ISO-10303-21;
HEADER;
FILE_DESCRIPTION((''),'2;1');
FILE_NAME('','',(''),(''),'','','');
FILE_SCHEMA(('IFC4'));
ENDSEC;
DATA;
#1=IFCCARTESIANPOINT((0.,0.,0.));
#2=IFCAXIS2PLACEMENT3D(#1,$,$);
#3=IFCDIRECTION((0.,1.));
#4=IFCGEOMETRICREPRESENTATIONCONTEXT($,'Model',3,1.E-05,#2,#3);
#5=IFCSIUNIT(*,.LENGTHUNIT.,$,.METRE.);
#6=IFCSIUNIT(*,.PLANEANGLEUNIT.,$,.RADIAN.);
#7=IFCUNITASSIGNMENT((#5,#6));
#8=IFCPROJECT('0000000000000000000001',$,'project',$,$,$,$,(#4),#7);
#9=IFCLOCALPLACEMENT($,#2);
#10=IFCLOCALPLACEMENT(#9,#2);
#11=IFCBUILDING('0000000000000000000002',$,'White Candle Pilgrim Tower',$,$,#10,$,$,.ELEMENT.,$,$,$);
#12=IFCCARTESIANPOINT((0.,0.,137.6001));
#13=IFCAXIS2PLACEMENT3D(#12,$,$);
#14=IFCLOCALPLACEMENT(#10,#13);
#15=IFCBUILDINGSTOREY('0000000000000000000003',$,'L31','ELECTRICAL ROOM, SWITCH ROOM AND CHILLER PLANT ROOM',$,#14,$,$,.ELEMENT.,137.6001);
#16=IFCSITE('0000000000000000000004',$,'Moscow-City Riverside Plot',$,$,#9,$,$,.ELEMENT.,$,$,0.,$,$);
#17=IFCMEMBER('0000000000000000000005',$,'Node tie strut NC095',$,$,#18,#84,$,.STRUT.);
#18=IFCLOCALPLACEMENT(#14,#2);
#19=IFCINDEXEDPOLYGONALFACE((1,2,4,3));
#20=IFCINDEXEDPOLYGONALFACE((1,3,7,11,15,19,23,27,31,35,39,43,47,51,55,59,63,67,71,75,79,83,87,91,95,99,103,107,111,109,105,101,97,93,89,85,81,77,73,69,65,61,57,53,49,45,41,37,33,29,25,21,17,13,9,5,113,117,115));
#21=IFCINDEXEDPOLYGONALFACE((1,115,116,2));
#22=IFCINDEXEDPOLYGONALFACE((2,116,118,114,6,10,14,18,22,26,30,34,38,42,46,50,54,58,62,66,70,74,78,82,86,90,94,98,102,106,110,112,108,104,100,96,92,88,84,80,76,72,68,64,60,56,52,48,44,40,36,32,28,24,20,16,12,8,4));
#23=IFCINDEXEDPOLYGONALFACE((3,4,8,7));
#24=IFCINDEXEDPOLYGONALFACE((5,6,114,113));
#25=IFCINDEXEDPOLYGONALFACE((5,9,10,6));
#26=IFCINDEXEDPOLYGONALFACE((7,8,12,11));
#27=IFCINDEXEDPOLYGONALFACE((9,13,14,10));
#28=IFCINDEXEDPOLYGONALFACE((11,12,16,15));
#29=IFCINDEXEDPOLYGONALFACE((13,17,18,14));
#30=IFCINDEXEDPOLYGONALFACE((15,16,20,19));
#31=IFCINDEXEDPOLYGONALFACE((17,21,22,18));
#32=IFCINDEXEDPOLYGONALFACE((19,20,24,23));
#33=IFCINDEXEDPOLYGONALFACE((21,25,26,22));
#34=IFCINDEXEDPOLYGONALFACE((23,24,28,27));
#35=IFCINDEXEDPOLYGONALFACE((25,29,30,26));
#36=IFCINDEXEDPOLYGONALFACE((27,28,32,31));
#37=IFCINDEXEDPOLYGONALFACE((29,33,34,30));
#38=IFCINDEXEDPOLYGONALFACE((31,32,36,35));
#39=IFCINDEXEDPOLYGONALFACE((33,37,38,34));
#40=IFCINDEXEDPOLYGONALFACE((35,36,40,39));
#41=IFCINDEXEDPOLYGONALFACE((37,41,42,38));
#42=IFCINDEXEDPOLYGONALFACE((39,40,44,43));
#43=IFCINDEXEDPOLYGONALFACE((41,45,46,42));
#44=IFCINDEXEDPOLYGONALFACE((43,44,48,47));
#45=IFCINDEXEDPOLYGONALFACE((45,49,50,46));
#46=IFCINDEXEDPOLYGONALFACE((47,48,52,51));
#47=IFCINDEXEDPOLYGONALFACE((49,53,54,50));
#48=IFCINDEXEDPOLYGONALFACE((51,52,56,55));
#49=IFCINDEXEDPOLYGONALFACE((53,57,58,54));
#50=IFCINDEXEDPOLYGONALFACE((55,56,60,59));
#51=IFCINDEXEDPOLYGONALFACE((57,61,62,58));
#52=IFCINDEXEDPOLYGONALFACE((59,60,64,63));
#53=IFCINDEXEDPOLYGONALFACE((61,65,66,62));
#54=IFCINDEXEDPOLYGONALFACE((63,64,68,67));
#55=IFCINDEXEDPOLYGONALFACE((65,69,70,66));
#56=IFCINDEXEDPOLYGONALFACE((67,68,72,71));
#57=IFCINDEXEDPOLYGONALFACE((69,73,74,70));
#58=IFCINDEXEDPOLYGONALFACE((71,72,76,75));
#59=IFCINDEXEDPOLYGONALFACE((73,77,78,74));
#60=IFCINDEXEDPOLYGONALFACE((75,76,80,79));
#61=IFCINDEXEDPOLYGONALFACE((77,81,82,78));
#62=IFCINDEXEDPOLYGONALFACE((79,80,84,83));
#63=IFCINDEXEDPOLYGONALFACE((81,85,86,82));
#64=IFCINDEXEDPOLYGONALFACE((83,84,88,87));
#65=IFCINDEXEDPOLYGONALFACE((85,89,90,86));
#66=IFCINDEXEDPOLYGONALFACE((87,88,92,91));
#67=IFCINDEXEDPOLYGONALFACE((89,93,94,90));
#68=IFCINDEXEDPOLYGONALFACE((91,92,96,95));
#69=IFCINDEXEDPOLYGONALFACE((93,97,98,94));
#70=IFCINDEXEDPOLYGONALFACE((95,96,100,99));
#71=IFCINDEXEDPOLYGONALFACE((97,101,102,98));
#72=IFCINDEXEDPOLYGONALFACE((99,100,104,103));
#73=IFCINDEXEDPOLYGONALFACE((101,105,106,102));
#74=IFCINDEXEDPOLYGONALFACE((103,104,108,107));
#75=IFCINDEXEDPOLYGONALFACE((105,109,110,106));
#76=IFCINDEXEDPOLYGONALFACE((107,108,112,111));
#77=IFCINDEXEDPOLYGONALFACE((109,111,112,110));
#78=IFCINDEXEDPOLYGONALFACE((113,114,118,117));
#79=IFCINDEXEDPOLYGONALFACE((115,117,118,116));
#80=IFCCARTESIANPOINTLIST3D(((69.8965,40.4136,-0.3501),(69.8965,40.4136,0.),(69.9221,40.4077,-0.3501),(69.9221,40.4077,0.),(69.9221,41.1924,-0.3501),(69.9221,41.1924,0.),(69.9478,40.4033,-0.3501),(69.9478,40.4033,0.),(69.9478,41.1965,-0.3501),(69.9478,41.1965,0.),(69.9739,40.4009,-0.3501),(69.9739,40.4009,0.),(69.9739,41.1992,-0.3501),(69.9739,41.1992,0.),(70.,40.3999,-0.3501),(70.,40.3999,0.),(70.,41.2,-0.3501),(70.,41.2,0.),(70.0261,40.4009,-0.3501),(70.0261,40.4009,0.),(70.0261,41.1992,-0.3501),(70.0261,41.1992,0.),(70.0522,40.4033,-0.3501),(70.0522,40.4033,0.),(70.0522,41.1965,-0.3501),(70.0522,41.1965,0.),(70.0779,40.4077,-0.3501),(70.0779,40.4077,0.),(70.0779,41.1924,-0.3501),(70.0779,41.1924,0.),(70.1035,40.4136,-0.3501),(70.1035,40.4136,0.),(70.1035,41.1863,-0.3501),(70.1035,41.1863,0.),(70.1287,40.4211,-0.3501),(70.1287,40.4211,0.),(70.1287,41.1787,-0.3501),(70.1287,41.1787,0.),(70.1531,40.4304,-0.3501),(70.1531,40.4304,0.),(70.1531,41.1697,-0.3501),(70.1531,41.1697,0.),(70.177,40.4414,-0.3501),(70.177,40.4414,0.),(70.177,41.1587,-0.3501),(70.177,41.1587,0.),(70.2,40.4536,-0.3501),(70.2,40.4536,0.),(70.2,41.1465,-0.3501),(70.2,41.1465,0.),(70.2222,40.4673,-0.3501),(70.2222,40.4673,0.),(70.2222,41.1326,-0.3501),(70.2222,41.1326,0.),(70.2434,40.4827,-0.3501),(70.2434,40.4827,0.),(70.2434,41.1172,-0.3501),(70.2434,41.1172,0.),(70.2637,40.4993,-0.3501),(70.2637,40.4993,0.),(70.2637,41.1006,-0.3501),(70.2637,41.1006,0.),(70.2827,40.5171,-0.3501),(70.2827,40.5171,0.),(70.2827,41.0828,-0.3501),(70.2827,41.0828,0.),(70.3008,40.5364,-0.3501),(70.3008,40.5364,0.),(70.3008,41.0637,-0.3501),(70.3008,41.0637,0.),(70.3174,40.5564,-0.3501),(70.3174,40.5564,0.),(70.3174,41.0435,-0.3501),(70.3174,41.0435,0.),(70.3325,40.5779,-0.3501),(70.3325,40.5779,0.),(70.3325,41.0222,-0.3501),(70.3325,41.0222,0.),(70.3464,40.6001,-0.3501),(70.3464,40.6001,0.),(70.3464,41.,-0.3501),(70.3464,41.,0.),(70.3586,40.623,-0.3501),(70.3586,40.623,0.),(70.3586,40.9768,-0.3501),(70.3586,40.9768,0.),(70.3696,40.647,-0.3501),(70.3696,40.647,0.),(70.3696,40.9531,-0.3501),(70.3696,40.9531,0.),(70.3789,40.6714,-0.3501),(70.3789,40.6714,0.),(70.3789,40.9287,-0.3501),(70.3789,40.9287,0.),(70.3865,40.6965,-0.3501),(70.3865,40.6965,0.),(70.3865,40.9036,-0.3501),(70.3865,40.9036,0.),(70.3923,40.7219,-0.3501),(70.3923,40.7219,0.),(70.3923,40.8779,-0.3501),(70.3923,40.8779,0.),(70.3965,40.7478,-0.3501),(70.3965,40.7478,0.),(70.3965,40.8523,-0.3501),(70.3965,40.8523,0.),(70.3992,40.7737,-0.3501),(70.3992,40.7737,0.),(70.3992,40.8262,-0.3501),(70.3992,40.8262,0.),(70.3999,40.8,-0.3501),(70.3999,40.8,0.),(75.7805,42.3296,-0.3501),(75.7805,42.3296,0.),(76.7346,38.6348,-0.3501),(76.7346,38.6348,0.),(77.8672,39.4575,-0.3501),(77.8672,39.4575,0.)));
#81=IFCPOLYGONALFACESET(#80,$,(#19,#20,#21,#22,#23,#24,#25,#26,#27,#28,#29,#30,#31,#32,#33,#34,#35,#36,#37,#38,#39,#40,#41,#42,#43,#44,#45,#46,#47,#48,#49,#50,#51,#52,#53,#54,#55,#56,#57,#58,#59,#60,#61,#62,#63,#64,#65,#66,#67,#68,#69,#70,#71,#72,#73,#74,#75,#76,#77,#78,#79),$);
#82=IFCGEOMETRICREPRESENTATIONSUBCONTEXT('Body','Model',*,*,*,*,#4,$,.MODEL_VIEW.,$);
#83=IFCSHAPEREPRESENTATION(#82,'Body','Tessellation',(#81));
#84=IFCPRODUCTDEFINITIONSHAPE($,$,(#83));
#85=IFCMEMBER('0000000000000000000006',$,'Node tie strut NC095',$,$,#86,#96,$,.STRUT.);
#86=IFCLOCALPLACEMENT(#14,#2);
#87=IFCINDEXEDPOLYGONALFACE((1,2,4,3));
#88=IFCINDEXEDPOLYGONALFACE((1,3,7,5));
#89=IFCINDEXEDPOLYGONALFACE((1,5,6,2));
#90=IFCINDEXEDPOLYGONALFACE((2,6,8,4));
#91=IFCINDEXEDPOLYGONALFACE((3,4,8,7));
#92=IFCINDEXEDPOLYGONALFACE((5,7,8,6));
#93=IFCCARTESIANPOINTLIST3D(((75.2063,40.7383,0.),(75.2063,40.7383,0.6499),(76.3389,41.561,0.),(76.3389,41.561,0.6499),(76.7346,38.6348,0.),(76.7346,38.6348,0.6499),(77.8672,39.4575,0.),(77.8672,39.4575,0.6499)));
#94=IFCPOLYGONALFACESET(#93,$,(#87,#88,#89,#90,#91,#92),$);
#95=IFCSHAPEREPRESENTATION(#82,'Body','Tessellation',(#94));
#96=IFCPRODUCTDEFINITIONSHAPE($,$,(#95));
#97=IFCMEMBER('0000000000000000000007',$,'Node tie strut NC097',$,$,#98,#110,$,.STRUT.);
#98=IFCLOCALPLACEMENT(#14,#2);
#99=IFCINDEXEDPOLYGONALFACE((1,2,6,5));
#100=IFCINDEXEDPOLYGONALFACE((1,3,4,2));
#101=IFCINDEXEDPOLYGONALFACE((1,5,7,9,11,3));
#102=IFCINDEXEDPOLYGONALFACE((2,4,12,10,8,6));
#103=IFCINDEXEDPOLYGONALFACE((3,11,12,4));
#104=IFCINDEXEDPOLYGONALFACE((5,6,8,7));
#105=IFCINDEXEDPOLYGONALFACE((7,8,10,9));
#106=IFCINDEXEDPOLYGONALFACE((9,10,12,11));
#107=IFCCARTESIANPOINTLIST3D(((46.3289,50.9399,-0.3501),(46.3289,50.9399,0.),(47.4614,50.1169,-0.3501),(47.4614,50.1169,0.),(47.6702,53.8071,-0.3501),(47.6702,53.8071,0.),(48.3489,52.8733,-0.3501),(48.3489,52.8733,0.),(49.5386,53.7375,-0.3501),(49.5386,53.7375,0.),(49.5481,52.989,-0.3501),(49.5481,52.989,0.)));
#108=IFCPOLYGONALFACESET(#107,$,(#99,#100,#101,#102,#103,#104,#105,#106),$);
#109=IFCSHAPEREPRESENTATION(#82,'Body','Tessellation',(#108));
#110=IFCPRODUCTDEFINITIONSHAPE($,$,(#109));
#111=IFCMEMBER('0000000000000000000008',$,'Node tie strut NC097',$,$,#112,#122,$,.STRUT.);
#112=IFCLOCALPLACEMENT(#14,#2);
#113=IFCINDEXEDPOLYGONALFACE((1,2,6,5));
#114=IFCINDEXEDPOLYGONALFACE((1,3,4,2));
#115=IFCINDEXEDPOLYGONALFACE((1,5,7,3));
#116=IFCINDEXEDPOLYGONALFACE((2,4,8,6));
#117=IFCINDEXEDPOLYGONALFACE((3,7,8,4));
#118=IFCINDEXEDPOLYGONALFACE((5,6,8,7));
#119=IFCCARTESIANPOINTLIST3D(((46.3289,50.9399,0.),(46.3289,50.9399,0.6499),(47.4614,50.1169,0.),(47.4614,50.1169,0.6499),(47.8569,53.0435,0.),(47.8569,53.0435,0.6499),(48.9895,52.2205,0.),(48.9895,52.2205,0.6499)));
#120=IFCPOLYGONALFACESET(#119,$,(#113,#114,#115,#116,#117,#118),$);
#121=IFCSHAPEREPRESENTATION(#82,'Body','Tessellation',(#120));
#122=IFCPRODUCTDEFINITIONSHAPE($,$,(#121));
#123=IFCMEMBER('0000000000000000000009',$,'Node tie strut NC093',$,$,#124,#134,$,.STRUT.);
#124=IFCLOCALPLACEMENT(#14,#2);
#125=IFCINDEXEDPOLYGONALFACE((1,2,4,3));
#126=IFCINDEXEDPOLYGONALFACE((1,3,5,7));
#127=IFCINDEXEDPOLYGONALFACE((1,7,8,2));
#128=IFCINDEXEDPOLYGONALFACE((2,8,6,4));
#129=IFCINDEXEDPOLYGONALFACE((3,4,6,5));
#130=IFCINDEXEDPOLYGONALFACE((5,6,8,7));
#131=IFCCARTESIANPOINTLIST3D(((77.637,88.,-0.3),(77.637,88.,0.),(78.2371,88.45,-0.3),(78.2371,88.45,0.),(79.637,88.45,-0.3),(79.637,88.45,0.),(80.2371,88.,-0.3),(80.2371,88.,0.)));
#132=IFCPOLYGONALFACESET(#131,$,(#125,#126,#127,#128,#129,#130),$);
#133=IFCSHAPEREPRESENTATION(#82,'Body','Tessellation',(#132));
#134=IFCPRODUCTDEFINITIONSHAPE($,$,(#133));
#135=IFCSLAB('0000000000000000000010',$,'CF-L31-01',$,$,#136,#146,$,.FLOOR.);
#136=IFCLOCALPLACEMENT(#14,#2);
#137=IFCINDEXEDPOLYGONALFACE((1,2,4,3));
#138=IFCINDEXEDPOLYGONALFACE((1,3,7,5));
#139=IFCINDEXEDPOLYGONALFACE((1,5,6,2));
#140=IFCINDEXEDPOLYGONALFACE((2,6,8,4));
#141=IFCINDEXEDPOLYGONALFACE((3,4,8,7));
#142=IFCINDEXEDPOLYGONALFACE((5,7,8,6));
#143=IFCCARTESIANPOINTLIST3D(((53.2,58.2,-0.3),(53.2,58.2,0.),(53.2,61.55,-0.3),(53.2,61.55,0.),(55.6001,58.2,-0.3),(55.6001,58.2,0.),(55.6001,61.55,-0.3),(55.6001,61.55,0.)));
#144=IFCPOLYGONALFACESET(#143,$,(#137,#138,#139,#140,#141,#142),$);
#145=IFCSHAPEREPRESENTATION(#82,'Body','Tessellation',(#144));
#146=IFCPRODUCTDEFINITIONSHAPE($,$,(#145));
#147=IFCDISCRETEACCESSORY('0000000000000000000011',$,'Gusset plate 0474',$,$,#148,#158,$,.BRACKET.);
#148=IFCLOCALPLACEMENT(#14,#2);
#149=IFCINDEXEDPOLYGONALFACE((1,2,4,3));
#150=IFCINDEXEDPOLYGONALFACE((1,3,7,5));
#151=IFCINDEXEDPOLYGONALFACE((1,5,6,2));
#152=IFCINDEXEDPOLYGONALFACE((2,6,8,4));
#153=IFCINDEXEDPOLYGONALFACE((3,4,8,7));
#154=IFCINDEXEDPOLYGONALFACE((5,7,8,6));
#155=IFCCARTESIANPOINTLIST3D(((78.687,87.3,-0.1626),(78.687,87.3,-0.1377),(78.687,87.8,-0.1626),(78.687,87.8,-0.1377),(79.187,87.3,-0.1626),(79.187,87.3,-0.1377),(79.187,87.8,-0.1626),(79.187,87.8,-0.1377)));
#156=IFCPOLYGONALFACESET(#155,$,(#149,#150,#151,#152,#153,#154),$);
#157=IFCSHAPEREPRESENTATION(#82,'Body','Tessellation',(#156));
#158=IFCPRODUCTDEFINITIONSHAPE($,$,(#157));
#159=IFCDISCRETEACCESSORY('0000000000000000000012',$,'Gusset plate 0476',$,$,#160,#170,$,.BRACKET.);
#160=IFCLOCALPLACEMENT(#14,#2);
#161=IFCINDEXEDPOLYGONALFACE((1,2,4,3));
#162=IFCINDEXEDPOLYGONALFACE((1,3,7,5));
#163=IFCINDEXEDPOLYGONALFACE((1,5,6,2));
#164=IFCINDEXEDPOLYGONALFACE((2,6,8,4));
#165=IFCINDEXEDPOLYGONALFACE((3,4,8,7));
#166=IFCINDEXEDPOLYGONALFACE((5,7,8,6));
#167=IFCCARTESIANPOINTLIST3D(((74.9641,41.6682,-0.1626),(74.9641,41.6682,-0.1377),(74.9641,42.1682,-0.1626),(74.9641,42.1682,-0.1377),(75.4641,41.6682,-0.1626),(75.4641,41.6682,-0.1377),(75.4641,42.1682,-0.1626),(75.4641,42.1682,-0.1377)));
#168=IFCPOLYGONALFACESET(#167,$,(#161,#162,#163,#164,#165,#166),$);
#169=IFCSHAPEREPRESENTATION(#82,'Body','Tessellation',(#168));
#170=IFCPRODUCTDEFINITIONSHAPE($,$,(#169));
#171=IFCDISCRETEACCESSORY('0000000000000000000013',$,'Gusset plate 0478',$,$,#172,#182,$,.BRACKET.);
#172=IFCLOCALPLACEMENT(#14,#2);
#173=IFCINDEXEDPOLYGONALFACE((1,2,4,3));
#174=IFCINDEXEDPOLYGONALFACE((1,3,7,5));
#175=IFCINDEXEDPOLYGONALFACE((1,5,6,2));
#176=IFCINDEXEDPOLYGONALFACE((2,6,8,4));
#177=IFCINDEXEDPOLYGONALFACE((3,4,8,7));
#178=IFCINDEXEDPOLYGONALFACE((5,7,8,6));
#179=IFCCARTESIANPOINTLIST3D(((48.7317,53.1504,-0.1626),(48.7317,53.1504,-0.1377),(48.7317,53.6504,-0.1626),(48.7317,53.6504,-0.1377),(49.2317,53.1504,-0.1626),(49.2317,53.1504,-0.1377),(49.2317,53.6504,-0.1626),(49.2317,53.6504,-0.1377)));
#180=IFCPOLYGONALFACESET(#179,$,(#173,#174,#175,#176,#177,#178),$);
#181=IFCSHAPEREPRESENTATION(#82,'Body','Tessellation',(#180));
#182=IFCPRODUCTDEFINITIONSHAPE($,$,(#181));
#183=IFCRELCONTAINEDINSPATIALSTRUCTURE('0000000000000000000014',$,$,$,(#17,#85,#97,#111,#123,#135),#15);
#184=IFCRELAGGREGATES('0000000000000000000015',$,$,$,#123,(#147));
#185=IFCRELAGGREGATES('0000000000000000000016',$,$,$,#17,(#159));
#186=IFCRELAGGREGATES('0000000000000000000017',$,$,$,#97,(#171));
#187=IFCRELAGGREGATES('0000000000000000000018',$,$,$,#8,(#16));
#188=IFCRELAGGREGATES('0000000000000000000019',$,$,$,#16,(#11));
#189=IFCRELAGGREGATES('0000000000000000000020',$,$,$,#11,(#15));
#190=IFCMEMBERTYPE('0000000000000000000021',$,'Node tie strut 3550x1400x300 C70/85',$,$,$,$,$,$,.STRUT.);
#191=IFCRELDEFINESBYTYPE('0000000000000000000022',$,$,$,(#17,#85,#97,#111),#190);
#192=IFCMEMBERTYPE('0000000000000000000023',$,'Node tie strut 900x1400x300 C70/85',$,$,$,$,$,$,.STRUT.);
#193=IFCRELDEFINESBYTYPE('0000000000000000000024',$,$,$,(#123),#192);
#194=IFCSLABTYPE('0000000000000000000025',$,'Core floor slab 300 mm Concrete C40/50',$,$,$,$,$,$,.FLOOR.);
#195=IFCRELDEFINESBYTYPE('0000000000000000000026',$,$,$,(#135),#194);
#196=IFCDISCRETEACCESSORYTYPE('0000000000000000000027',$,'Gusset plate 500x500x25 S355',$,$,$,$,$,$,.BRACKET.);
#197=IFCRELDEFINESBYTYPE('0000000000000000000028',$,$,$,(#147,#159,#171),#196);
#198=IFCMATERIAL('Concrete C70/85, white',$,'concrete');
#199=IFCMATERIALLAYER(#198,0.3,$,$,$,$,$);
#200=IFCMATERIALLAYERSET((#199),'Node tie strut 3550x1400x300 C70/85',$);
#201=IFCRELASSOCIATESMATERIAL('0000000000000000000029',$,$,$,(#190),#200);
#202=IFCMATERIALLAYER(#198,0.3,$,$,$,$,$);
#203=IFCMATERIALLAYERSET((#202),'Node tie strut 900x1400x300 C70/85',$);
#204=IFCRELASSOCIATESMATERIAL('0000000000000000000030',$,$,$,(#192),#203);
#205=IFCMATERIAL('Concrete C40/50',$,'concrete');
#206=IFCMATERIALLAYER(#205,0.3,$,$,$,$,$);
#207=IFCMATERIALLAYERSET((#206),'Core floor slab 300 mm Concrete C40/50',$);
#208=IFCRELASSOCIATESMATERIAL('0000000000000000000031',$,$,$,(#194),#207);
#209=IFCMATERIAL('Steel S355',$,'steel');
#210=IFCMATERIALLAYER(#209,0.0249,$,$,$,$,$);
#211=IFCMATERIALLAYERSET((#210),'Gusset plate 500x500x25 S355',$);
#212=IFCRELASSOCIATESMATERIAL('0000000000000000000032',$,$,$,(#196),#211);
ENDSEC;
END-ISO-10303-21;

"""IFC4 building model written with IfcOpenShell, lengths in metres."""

from ifc_helpers import new_model, si_unit, direction, frame, origin, origin_2d, place, context, subcontext, project, spatial, polyline, rectangle, outline, extrude, material, layer, layer_set, type_object, element, aggregate, save


model = new_model("IFC4")

# Units and contexts
model_context = context("Model", 3, precision=1e-05, world=origin(), true_north=direction((0.0, 1.0)))
body_context = subcontext(model_context, "Body", "Model", "MODEL_VIEW")
ifc_project = project(units=[si_unit("LENGTHUNIT", "METRE"), si_unit("PLANEANGLEUNIT", "RADIAN")], contexts=[model_context])

# Site, building, storey
site_placement = place(None, origin())
site = spatial("IfcSite", under=ifc_project, at=site_placement, Name="Moscow-City Riverside Plot", CompositionType="ELEMENT", RefElevation=0.0)
building_placement = place(site_placement, origin())
building = spatial("IfcBuilding", under=site, at=building_placement, Name="White Candle Pilgrim Tower", CompositionType="ELEMENT")
storey_placement = place(building_placement, frame((0.0, 0.0, 137.6001)))
storey = spatial("IfcBuildingStorey", under=building, at=storey_placement, Name="L31", Description="ELECTRICAL ROOM, SWITCH ROOM AND CHILLER PLANT ROOM", CompositionType="ELEMENT", Elevation=137.6001)

# Members
ifc_material_1 = material(Name="Concrete C70/85, white", Category="concrete")
ifc_layer_1 = layer(ifc_material_1, 0.3)
ifc_layer_set_1 = layer_set([ifc_layer_1], Name="Node tie strut 3550x1400x300 C70/85")
member_type_1 = type_object("IfcMemberType", Name="Node tie strut 3550x1400x300 C70/85", PredefinedType="STRUT", material=ifc_layer_set_1)
member_1_placement = place(storey_placement, frame((0.0, 0.0, -0.3501)))
member_1 = element("IfcMember", 1, at=member_1_placement, inside=storey, type_object=member_type_1, Name="Node tie strut NC095", PredefinedType="STRUT", context=body_context, shape_type="SweptSolid", body=[
    extrude(outline(polyline([(76.7346, 38.6348), (77.8672, 39.4575), (75.7805, 42.3296), (69.9221, 41.1924), (69.9478, 41.1965), (69.9739, 41.1992), (70.0, 41.2), (70.0261, 41.1992), (70.0522, 41.1965), (70.0779, 41.1924), (70.1035, 41.1863), (70.1287, 41.1787), (70.1531, 41.1697), (70.177, 41.1587), (70.2, 41.1465), (70.2222, 41.1326), (70.2434, 41.1172), (70.2637, 41.1006), (70.2827, 41.0828), (70.3008, 41.0637), (70.3174, 41.0435), (70.3325, 41.0222), (70.3464, 41.0), (70.3586, 40.9768), (70.3696, 40.9531), (70.3789, 40.9287), (70.3865, 40.9036), (70.3923, 40.8779), (70.3965, 40.8523), (70.3992, 40.8262), (70.3999, 40.8), (70.3992, 40.7737), (70.3965, 40.7478), (70.3923, 40.7219), (70.3865, 40.6965), (70.3789, 40.6714), (70.3696, 40.647), (70.3586, 40.623), (70.3464, 40.6001), (70.3325, 40.5779), (70.3174, 40.5564), (70.3008, 40.5364), (70.2827, 40.5171), (70.2637, 40.4993), (70.2434, 40.4827), (70.2222, 40.4673), (70.2, 40.4536), (70.177, 40.4414), (70.1531, 40.4304), (70.1287, 40.4211), (70.1035, 40.4136), (70.0779, 40.4077), (70.0522, 40.4033), (70.0261, 40.4009), (70.0, 40.3999), (69.9739, 40.4009), (69.9478, 40.4033), (69.9221, 40.4077), (69.8965, 40.4136), (76.7346, 38.6348)])), origin(), (0.0, 0.0, 1.0), 0.3501),
])
member_2_placement = place(storey_placement, origin())
element("IfcMember", 2, at=member_2_placement, inside=storey, type_object=member_type_1, Name="Node tie strut NC095", PredefinedType="STRUT", context=body_context, shape_type="SweptSolid", body=[
    extrude(outline(polyline([(76.7346, 38.6348), (77.8672, 39.4575), (76.3389, 41.561), (75.2063, 40.7383), (76.7346, 38.6348)])), origin(), (0.0, 0.0, 1.0), 0.6499),
])
member_3_placement = place(storey_placement, frame((0.0, 0.0, -0.3501)))
member_3 = element("IfcMember", 3, at=member_3_placement, inside=storey, type_object=member_type_1, Name="Node tie strut NC097", PredefinedType="STRUT", context=body_context, shape_type="SweptSolid", body=[
    extrude(outline(polyline([(47.4614, 50.1169), (49.5481, 52.989), (49.5386, 53.7375), (48.3489, 52.8733), (47.6702, 53.8071), (46.3289, 50.9399), (47.4614, 50.1169)])), origin(), (0.0, 0.0, 1.0), 0.3501),
])
member_4_placement = place(storey_placement, origin())
element("IfcMember", 4, at=member_4_placement, inside=storey, type_object=member_type_1, Name="Node tie strut NC097", PredefinedType="STRUT", context=body_context, shape_type="SweptSolid", body=[
    extrude(outline(polyline([(47.4614, 50.1169), (48.9895, 52.2205), (47.8569, 53.0435), (46.3289, 50.9399), (47.4614, 50.1169)])), origin(), (0.0, 0.0, 1.0), 0.6499),
])
ifc_layer_2 = layer(ifc_material_1, 0.3)
ifc_layer_set_2 = layer_set([ifc_layer_2], Name="Node tie strut 900x1400x300 C70/85")
member_type_2 = type_object("IfcMemberType", Name="Node tie strut 900x1400x300 C70/85", PredefinedType="STRUT", material=ifc_layer_set_2)
member_5_placement = place(storey_placement, frame((0.0, 0.0, -0.3)))
member_5 = element("IfcMember", 5, at=member_5_placement, inside=storey, type_object=member_type_2, Name="Node tie strut NC093", PredefinedType="STRUT", context=body_context, shape_type="SweptSolid", body=[
    extrude(outline(polyline([(77.637, 88.0), (80.2371, 88.0), (79.637, 88.45), (78.2371, 88.45), (77.637, 88.0)])), origin(), (0.0, 0.0, 1.0), 0.3),
])

# Slab
ifc_material_2 = material(Name="Concrete C40/50", Category="concrete")
ifc_layer_3 = layer(ifc_material_2, 0.3)
ifc_layer_set_3 = layer_set([ifc_layer_3], Name="Core floor slab 300 mm Concrete C40/50")
slab_type_1 = type_object("IfcSlabType", Name="Core floor slab 300 mm Concrete C40/50", PredefinedType="FLOOR", material=ifc_layer_set_3)
slab_1_placement = place(storey_placement, frame((0.0, 0.0, -0.3)))
element("IfcSlab", 6, at=slab_1_placement, inside=storey, type_object=slab_type_1, Name="CF-L31-01", PredefinedType="FLOOR", context=body_context, shape_type="SweptSolid", body=[
    extrude(outline(polyline([(55.6001, 58.2), (53.2, 58.2), (53.2, 61.55), (55.6001, 61.55), (55.6001, 58.2)])), origin(), (0.0, 0.0, 1.0), 0.3),
])

# Discrete accessories
ifc_material_3 = material(Name="Steel S355", Category="steel")
ifc_layer_4 = layer(ifc_material_3, 0.0249)
ifc_layer_set_4 = layer_set([ifc_layer_4], Name="Gusset plate 500x500x25 S355")
discrete_accessory_type = type_object("IfcDiscreteAccessoryType", Name="Gusset plate 500x500x25 S355", PredefinedType="BRACKET", material=ifc_layer_set_4)
discrete_accessory_1_placement = place(storey_placement, frame((78.937, 87.55, -0.1626), z_axis=(0.0, 0.0, 1.0), x_axis=(1.0, 0.0, 0.0)))
discrete_accessory_1 = element("IfcDiscreteAccessory", 7, at=discrete_accessory_1_placement, type_object=discrete_accessory_type, Name="Gusset plate 0474", PredefinedType="BRACKET", context=body_context, shape_type="SweptSolid", body=[
    extrude(rectangle(XDim=0.5, YDim=0.5, at=origin_2d()), origin(), (0.0, 0.0, 1.0), 0.0249),
])
aggregate(member_5, [discrete_accessory_1])
discrete_accessory_2_placement = place(storey_placement, frame((75.2141, 41.9182, -0.1626), z_axis=(0.0, 0.0, 1.0), x_axis=(1.0, 0.0, 0.0)))
discrete_accessory_2 = element("IfcDiscreteAccessory", 8, at=discrete_accessory_2_placement, type_object=discrete_accessory_type, Name="Gusset plate 0476", PredefinedType="BRACKET", context=body_context, shape_type="SweptSolid", body=[
    extrude(rectangle(XDim=0.5, YDim=0.5, at=origin_2d()), origin(), (0.0, 0.0, 1.0), 0.0249),
])
aggregate(member_1, [discrete_accessory_2])
discrete_accessory_3_placement = place(storey_placement, frame((48.9817, 53.4004, -0.1626), z_axis=(0.0, 0.0, 1.0), x_axis=(1.0, 0.0, 0.0)))
discrete_accessory_3 = element("IfcDiscreteAccessory", 9, at=discrete_accessory_3_placement, type_object=discrete_accessory_type, Name="Gusset plate 0478", PredefinedType="BRACKET", context=body_context, shape_type="SweptSolid", body=[
    extrude(rectangle(XDim=0.5, YDim=0.5, at=origin_2d()), origin(), (0.0, 0.0, 1.0), 0.0249),
])
aggregate(member_3, [discrete_accessory_3])

save(model, "model.ifc")
